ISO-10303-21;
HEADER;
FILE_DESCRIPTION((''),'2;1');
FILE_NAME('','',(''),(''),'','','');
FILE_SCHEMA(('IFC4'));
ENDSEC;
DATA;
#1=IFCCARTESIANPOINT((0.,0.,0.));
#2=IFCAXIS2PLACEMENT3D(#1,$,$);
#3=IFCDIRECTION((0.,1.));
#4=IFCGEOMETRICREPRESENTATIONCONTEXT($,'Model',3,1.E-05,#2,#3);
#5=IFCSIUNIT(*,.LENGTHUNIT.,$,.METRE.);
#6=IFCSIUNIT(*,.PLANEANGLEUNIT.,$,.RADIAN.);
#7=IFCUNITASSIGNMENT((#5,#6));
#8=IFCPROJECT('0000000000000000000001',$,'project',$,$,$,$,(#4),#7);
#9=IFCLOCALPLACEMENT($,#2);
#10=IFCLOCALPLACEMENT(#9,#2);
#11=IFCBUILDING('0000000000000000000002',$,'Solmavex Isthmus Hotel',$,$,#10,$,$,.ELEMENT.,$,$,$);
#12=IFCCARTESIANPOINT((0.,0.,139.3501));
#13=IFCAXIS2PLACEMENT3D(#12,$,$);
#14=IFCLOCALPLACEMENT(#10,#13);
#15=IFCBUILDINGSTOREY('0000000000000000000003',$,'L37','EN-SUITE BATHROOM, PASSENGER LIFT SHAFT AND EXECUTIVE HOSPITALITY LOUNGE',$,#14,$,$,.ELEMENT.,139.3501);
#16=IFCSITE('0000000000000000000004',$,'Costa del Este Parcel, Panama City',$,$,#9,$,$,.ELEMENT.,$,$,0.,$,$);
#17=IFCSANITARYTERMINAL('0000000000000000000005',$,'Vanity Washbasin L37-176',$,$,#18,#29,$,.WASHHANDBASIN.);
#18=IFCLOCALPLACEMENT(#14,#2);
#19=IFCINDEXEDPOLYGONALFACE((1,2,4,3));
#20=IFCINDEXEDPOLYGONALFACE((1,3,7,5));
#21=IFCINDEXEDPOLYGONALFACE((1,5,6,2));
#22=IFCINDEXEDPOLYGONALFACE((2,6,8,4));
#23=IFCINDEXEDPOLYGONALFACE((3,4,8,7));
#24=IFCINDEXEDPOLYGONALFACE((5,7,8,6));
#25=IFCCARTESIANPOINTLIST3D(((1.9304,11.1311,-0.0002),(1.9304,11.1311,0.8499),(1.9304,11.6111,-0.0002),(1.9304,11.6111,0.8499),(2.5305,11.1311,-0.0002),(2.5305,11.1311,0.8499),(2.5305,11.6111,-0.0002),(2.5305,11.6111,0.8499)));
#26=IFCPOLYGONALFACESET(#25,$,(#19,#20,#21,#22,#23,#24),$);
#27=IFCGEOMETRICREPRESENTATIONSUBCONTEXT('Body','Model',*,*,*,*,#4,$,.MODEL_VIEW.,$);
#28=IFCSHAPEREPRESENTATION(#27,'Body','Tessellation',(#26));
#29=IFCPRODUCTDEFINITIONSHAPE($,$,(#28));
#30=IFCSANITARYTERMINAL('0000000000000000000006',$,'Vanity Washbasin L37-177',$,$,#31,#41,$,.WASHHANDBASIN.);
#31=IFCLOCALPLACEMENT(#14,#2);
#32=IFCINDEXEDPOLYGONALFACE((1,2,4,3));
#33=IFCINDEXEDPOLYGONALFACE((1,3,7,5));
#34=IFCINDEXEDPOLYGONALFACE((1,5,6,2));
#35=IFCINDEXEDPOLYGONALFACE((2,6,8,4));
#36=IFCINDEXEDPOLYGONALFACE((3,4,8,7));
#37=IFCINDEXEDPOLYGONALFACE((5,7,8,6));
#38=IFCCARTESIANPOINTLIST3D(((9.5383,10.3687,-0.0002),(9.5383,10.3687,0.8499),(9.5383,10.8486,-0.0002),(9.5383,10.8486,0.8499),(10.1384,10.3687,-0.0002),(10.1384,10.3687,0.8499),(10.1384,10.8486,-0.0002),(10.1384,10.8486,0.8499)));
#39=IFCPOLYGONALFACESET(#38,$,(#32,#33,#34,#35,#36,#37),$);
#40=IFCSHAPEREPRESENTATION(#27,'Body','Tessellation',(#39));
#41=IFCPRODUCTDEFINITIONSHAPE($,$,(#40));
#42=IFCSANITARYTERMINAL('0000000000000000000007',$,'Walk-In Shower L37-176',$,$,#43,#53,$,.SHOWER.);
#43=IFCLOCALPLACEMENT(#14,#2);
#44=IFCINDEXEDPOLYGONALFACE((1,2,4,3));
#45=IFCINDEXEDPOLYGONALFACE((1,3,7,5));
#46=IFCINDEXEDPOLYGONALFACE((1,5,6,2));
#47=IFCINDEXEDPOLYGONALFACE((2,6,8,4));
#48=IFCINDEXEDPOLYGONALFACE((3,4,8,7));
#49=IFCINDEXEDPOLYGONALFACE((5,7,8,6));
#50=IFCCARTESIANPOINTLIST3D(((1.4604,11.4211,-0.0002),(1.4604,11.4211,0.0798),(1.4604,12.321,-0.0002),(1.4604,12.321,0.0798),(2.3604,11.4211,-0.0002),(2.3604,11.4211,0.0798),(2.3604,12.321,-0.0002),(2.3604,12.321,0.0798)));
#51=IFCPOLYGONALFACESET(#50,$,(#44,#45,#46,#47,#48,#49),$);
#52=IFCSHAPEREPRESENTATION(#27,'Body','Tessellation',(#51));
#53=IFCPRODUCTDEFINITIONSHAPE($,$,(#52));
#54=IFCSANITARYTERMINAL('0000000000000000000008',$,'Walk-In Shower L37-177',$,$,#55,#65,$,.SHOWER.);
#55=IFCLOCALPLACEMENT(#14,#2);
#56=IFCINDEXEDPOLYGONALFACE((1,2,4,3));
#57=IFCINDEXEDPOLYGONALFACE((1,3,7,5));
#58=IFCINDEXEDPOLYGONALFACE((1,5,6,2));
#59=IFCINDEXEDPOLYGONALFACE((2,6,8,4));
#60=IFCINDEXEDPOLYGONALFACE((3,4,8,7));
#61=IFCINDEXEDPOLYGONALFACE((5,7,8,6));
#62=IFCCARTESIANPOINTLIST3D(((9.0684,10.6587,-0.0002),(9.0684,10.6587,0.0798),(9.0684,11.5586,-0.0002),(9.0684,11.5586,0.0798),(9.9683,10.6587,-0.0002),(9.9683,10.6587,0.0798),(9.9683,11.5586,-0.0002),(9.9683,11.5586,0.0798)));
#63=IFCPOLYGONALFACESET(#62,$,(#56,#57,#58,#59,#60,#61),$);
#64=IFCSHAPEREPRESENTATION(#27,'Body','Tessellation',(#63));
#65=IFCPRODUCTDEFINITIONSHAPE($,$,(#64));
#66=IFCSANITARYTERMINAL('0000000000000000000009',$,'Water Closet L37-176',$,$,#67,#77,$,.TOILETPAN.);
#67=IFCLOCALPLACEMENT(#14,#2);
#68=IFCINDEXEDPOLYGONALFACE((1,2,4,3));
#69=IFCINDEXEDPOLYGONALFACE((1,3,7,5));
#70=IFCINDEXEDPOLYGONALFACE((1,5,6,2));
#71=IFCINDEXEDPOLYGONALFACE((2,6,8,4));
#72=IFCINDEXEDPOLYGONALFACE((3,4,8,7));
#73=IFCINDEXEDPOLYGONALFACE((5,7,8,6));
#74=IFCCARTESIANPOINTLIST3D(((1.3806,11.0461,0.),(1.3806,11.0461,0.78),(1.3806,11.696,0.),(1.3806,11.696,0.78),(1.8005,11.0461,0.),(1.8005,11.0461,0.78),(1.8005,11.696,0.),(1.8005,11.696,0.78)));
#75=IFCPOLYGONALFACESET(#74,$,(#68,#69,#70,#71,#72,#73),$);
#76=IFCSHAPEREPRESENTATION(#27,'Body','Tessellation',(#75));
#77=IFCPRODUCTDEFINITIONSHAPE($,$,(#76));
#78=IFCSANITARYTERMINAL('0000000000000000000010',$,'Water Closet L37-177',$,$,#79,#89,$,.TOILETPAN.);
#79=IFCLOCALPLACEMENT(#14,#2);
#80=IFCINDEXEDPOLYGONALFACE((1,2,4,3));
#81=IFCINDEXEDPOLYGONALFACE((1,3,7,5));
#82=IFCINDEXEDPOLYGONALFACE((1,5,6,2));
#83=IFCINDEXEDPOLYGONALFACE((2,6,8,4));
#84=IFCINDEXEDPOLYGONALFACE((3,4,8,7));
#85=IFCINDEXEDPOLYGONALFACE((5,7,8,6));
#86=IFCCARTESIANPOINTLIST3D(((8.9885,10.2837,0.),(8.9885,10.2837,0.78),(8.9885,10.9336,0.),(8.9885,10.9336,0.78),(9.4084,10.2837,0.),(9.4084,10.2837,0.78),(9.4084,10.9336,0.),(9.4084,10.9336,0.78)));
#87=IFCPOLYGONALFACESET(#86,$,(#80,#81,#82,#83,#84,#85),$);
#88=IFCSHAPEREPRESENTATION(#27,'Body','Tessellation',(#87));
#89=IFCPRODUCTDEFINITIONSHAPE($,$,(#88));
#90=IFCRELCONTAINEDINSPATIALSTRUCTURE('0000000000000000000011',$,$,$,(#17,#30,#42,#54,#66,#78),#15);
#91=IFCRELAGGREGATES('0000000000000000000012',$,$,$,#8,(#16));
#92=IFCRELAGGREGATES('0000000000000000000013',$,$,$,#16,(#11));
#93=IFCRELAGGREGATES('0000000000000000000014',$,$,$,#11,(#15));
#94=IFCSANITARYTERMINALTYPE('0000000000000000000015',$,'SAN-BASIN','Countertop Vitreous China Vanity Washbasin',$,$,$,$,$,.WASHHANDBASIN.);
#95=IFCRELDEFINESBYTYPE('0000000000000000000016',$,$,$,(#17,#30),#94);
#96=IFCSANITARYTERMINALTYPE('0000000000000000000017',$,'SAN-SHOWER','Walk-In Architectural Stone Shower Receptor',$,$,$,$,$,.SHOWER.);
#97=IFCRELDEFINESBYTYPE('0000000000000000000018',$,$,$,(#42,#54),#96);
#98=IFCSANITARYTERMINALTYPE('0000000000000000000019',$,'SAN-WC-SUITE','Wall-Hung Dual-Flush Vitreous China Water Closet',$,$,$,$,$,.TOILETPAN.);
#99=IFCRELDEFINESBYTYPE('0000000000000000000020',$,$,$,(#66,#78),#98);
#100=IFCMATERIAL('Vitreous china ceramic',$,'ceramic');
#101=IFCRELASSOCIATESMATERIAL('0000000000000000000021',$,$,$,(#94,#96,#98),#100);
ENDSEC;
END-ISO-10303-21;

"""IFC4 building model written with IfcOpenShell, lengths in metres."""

from ifc_helpers import new_model, si_unit, direction, frame, origin, origin_2d, place, context, subcontext, project, spatial, rectangle, extrude, material, type_object, element, save


model = new_model("IFC4")

# Units and contexts
model_context = context("Model", 3, precision=1e-05, world=origin(), true_north=direction((0.0, 1.0)))
body_context = subcontext(model_context, "Body", "Model", "MODEL_VIEW")
ifc_project = project(units=[si_unit("LENGTHUNIT", "METRE"), si_unit("PLANEANGLEUNIT", "RADIAN")], contexts=[model_context])

# Site, building, storey
site_placement = place(None, origin())
site = spatial("IfcSite", under=ifc_project, at=site_placement, Name="Costa del Este Parcel, Panama City", CompositionType="ELEMENT", RefElevation=0.0)
building_placement = place(site_placement, origin())
building = spatial("IfcBuilding", under=site, at=building_placement, Name="Solmavex Isthmus Hotel", CompositionType="ELEMENT")
storey_placement = place(building_placement, frame((0.0, 0.0, 139.3501)))
storey = spatial("IfcBuildingStorey", under=building, at=storey_placement, Name="L37", Description="EN-SUITE BATHROOM, PASSENGER LIFT SHAFT AND EXECUTIVE HOSPITALITY LOUNGE", CompositionType="ELEMENT", Elevation=139.3501)

# Sanitary terminals
ifc_material_1 = material(Name="Vitreous china ceramic", Category="ceramic")
sanitary_terminal_type_1 = type_object("IfcSanitaryTerminalType", Name="SAN-BASIN", Description="Countertop Vitreous China Vanity Washbasin", PredefinedType="WASHHANDBASIN", material=ifc_material_1)
for number, where, z_axis, x_axis, name in (
    (1, (2.2305, 11.3711, -0.0002), (0.0, 0.0, 1.0), (1.0, 0.0, 0.0), "Vanity Washbasin L37-176"),
    (2, (9.8384, 10.6086, -0.0002), (0.0, 0.0, 1.0), (1.0, 0.0, 0.0), "Vanity Washbasin L37-177"),
):
    element("IfcSanitaryTerminal", number, at=place(storey_placement, frame(where, z_axis=z_axis, x_axis=x_axis)), inside=storey, type_object=sanitary_terminal_type_1, Name=name, PredefinedType="WASHHANDBASIN", context=body_context, shape_type="SweptSolid", body=[
        extrude(rectangle(XDim=0.6001, YDim=0.48, at=origin_2d()), origin(), (0.0, 0.0, 1.0), 0.8501),
    ])
sanitary_terminal_type_2 = type_object("IfcSanitaryTerminalType", Name="SAN-SHOWER", Description="Walk-In Architectural Stone Shower Receptor", PredefinedType="SHOWER", material=ifc_material_1)
for number, where, z_axis, x_axis, name in (
    (3, (1.9104, 11.8711, -0.0002), (0.0, 0.0, 1.0), (1.0, 0.0, 0.0), "Walk-In Shower L37-176"),
    (4, (9.5183, 11.1086, -0.0002), (0.0, 0.0, 1.0), (1.0, 0.0, 0.0), "Walk-In Shower L37-177"),
):
    element("IfcSanitaryTerminal", number, at=place(storey_placement, frame(where, z_axis=z_axis, x_axis=x_axis)), inside=storey, type_object=sanitary_terminal_type_2, Name=name, PredefinedType="SHOWER", context=body_context, shape_type="SweptSolid", body=[
        extrude(rectangle(XDim=0.8999, YDim=0.8999, at=origin_2d()), origin(), (0.0, 0.0, 1.0), 0.0801),
    ])
sanitary_terminal_type_3 = type_object("IfcSanitaryTerminalType", Name="SAN-WC-SUITE", Description="Wall-Hung Dual-Flush Vitreous China Water Closet", PredefinedType="TOILETPAN", material=ifc_material_1)
for number, where, z_axis, x_axis, name in (
    (5, (1.5906, 11.3711, 0.0), (0.0, 0.0, 1.0), (1.0, 0.0, 0.0), "Water Closet L37-176"),
    (6, (9.1985, 10.6086, 0.0), (0.0, 0.0, 1.0), (1.0, 0.0, 0.0), "Water Closet L37-177"),
):
    element("IfcSanitaryTerminal", number, at=place(storey_placement, frame(where, z_axis=z_axis, x_axis=x_axis)), inside=storey, type_object=sanitary_terminal_type_3, Name=name, PredefinedType="TOILETPAN", context=body_context, shape_type="SweptSolid", body=[
        extrude(rectangle(XDim=0.4199, YDim=0.6499, at=origin_2d()), origin(), (0.0, 0.0, 1.0), 0.78),
    ])

save(model, "model.ifc")
